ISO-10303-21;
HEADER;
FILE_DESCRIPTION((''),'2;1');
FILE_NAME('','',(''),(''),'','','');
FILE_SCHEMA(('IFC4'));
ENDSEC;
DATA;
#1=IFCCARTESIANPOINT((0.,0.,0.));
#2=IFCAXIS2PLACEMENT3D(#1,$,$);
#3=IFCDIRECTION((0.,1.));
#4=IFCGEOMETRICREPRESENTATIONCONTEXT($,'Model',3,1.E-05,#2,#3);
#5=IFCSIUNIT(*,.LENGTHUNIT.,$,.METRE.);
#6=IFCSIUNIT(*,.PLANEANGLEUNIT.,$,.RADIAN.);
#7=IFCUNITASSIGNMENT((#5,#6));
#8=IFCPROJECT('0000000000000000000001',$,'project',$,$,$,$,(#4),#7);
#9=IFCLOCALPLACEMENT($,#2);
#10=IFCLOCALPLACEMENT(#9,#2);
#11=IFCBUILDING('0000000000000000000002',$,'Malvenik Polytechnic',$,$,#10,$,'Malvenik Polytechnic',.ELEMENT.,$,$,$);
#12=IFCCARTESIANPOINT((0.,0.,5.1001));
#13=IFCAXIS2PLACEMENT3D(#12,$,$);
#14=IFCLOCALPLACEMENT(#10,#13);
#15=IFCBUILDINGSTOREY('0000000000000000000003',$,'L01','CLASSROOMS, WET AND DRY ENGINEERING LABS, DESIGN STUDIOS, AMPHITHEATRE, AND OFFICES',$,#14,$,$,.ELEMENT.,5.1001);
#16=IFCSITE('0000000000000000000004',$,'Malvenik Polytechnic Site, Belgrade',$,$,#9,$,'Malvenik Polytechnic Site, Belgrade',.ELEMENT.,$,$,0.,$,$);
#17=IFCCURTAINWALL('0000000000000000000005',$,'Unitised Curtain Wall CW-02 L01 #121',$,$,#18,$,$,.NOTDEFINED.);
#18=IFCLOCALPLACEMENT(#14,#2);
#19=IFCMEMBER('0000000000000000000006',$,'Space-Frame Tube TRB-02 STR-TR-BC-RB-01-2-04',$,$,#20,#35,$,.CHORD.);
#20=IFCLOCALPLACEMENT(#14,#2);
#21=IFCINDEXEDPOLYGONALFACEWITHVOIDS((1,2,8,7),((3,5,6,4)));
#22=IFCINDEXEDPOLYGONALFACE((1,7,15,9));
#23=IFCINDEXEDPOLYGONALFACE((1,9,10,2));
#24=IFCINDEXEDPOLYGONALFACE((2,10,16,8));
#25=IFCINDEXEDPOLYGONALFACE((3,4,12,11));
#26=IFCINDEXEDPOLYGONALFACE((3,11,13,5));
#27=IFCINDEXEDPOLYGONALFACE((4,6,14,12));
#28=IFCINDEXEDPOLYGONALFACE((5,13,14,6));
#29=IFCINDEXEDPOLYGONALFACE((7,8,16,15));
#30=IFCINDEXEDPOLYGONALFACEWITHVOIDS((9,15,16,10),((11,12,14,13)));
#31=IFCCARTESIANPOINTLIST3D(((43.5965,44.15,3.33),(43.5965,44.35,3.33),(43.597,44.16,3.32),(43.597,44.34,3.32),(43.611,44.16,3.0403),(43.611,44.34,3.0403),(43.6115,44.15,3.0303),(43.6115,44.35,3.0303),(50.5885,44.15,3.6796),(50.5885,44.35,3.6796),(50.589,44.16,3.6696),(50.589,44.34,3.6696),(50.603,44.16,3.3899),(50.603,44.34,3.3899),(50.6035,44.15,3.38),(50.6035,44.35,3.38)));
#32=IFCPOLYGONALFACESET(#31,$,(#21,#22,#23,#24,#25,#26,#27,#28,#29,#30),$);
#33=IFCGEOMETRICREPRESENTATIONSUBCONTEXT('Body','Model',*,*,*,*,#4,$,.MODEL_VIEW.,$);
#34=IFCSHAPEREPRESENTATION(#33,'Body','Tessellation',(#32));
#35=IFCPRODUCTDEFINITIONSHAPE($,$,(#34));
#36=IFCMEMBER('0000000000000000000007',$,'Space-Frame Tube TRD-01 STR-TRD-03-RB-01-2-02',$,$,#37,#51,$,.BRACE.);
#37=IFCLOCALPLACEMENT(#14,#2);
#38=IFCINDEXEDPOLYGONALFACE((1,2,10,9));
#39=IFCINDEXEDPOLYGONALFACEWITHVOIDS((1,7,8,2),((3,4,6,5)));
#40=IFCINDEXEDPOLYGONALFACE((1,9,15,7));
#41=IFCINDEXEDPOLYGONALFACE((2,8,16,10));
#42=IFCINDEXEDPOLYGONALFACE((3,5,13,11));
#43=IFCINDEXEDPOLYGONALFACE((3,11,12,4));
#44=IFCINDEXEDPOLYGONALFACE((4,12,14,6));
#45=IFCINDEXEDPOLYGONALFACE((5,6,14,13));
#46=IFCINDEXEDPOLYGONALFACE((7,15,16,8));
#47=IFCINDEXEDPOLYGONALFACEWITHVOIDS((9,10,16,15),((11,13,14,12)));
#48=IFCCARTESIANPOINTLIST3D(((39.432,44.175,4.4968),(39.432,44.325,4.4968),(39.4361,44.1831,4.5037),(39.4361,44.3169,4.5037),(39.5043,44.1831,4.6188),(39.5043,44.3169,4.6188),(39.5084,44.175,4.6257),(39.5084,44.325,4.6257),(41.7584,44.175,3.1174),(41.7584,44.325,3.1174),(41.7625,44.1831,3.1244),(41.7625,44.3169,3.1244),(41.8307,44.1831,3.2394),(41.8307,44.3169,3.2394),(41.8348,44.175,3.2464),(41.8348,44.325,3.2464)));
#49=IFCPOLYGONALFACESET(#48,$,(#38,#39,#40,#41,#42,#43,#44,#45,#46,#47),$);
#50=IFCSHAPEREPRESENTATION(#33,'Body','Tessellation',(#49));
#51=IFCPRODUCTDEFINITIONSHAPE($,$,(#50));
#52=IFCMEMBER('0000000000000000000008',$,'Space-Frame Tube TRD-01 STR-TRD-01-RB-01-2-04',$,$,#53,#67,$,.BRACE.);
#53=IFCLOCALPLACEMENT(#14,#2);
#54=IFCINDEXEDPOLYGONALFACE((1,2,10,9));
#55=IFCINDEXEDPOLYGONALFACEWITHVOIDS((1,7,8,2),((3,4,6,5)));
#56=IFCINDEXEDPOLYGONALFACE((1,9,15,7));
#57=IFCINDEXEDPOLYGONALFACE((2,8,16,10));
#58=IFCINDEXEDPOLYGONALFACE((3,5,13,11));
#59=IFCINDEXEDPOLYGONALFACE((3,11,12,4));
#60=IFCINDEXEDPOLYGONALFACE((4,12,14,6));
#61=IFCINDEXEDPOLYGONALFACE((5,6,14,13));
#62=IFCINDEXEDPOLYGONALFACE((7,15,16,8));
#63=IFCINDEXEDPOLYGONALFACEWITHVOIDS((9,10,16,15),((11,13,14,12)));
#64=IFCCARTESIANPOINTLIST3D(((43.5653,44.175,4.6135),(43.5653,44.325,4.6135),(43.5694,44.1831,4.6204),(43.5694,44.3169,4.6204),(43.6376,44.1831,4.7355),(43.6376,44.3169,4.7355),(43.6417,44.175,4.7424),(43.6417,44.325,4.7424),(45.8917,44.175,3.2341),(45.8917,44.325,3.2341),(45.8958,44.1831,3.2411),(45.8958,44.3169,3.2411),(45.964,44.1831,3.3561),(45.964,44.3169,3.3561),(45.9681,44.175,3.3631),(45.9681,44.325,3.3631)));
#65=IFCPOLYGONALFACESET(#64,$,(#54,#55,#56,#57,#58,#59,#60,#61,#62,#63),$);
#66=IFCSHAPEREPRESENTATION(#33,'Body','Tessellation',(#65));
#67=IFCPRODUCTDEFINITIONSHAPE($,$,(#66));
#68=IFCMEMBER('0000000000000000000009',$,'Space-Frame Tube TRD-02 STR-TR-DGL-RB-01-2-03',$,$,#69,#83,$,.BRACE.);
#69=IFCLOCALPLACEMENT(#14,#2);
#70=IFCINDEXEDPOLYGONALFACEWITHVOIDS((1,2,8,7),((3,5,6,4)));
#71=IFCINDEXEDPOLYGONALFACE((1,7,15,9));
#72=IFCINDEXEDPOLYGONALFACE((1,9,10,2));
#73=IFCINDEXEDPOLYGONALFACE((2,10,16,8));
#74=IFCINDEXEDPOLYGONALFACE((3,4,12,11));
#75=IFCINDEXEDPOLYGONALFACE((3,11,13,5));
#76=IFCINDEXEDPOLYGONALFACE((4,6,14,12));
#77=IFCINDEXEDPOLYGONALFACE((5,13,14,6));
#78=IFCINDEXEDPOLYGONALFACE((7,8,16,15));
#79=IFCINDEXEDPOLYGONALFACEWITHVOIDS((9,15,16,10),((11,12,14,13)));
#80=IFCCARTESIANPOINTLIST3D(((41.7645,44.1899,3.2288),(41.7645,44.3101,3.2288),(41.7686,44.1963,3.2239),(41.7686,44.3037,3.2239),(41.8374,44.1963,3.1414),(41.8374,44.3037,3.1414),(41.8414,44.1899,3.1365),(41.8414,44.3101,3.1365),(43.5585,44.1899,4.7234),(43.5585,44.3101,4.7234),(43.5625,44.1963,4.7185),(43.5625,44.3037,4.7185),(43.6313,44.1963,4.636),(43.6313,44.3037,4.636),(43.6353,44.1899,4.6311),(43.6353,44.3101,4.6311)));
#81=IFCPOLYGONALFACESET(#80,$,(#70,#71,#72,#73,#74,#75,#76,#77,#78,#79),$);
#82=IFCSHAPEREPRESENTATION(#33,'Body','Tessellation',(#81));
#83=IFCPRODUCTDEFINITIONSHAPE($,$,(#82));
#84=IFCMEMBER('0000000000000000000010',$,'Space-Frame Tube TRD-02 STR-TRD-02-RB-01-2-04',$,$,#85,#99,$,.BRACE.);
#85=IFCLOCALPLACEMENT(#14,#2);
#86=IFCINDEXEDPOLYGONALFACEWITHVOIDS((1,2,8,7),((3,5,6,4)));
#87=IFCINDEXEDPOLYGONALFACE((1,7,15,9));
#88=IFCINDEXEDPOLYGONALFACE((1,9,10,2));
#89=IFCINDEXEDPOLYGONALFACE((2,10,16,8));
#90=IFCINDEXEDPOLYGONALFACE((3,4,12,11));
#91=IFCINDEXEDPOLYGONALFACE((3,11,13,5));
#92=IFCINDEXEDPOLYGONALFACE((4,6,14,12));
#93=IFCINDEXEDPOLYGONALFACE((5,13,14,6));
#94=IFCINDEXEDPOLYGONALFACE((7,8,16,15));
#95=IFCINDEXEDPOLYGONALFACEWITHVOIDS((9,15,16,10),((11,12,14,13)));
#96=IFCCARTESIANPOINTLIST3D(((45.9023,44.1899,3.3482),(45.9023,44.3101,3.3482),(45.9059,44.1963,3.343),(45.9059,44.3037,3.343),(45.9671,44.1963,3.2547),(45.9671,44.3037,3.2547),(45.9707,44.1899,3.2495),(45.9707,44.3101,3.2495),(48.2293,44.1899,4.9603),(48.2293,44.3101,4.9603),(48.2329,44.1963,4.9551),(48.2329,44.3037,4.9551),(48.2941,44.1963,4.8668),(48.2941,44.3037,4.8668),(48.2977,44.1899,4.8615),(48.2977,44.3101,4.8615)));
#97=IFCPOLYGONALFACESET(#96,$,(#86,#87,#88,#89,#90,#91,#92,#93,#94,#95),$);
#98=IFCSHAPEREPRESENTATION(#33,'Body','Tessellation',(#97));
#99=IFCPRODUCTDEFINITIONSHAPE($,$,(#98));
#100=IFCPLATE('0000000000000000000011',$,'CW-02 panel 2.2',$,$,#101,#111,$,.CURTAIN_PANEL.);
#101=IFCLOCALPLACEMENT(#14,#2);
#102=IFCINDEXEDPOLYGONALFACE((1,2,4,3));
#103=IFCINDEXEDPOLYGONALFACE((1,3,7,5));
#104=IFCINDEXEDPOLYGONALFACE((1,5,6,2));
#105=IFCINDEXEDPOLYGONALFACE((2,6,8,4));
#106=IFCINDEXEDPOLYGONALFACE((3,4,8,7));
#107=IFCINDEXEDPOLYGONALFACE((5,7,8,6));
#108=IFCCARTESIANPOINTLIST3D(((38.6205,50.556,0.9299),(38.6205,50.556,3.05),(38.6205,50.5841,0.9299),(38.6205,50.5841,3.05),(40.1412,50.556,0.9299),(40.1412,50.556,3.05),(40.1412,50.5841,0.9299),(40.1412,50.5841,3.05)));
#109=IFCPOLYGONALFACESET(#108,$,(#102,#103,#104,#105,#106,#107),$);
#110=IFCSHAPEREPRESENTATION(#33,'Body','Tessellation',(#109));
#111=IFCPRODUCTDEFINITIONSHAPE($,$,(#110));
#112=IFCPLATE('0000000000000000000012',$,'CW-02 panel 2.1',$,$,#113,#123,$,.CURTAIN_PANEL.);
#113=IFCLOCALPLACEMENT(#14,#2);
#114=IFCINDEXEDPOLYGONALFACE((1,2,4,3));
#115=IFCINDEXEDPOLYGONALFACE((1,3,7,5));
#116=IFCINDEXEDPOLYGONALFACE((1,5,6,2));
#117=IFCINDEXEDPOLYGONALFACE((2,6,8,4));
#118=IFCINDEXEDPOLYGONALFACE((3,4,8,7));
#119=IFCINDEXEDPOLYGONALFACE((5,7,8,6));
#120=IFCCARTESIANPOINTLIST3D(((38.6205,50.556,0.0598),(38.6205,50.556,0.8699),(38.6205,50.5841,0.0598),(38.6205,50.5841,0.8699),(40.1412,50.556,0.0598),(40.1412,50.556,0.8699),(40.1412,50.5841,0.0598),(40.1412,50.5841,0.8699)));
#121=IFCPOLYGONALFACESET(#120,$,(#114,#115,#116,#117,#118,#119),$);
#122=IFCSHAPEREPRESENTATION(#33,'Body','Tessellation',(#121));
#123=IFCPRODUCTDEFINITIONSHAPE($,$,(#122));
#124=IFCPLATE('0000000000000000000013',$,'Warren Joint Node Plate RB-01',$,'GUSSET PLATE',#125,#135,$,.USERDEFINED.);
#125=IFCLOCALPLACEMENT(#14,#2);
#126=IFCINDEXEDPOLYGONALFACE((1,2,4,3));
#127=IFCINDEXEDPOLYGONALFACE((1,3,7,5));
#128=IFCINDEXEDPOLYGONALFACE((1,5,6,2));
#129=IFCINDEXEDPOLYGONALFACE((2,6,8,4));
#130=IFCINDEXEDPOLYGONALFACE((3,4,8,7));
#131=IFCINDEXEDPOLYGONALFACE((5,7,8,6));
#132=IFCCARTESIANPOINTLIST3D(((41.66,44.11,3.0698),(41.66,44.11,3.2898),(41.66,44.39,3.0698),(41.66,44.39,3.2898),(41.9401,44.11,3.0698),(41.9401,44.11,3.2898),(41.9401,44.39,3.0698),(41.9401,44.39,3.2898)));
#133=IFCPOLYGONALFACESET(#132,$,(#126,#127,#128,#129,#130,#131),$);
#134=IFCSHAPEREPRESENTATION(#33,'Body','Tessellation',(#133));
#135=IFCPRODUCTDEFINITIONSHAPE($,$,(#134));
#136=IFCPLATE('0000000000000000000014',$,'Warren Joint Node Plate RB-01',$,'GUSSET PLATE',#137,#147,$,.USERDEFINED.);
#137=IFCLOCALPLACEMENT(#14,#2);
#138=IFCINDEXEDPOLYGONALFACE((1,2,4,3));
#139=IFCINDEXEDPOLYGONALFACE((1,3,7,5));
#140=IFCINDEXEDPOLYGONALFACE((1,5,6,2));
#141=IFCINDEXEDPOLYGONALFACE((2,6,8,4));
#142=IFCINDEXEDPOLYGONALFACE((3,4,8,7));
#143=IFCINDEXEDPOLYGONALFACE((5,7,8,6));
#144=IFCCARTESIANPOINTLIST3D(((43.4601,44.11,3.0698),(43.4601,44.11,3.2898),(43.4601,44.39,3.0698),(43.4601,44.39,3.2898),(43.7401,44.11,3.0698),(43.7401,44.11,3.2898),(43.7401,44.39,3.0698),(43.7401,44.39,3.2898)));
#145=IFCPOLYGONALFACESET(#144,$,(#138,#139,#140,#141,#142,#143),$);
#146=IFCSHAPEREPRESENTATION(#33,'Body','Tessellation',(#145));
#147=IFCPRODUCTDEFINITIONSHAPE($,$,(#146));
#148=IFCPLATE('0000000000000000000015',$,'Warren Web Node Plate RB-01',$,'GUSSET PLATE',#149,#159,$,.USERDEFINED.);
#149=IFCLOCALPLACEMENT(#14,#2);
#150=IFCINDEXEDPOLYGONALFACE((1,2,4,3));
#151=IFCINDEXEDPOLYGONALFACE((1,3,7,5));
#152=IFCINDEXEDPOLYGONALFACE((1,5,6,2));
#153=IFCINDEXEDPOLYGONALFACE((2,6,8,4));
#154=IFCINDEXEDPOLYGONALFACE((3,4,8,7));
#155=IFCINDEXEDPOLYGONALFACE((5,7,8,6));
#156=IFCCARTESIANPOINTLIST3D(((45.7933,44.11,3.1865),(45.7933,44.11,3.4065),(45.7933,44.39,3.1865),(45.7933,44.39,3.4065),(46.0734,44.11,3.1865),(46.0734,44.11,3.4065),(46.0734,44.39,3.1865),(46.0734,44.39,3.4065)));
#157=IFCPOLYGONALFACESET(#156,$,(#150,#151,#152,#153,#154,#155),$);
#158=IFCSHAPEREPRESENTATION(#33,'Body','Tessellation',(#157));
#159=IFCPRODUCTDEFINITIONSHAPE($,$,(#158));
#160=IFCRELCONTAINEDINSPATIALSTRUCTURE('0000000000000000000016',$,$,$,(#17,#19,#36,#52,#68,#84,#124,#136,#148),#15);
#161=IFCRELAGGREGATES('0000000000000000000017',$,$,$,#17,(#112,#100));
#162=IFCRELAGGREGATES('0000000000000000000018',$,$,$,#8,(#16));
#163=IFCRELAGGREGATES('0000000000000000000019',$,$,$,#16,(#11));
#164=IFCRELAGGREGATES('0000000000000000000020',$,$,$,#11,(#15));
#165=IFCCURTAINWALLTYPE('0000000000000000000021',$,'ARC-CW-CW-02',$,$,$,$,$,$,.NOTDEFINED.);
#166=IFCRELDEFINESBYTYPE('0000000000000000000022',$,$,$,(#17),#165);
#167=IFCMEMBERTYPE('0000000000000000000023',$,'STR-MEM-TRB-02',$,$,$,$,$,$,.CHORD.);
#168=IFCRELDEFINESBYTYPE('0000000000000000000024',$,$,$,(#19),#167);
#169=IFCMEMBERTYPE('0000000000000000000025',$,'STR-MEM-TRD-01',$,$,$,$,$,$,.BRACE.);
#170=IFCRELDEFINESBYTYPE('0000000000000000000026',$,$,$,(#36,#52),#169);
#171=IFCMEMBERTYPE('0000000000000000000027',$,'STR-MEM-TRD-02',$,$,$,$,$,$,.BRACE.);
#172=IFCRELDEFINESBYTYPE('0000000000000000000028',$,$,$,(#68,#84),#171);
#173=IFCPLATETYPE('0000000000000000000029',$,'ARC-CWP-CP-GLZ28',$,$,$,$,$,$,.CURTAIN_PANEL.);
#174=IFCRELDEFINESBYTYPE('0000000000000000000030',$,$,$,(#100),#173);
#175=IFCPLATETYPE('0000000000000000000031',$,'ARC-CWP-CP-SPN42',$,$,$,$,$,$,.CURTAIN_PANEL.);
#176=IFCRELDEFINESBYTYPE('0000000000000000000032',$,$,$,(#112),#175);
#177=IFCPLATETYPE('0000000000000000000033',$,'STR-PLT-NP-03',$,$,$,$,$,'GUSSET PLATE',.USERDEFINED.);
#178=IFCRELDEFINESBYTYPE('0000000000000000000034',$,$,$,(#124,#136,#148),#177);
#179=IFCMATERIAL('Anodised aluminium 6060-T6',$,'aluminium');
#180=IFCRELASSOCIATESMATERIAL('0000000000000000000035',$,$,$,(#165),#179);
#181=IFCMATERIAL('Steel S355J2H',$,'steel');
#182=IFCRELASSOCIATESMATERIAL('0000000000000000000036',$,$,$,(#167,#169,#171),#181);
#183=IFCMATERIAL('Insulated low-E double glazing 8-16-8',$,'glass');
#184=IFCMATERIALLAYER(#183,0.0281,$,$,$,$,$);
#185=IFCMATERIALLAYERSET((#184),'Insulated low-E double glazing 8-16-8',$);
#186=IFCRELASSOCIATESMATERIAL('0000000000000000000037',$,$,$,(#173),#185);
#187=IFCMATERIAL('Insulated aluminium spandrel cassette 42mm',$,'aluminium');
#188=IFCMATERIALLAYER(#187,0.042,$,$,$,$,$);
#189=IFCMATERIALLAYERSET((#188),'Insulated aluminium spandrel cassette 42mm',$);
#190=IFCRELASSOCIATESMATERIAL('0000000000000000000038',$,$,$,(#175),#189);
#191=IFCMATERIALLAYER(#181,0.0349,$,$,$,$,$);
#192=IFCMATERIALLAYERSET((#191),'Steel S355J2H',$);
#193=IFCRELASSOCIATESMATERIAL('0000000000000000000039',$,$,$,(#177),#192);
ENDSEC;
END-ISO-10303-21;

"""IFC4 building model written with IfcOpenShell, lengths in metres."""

from ifc_helpers import new_model, si_unit, direction, frame, origin, origin_2d, place, context, subcontext, project, spatial, rectangle, hollow_rectangle, extrude, material, layer, layer_set, material_profile, profile_set, type_object, element, aggregate, save


model = new_model("IFC4")

# Units and contexts
model_context = context("Model", 3, precision=1e-05, world=origin(), true_north=direction((0.0, 1.0)))
body_context = subcontext(model_context, "Body", "Model", "MODEL_VIEW")
ifc_project = project(units=[si_unit("LENGTHUNIT", "METRE"), si_unit("PLANEANGLEUNIT", "RADIAN")], contexts=[model_context])

# Site, building, storey
site_placement = place(None, origin())
site = spatial("IfcSite", under=ifc_project, at=site_placement, Name="Malvenik Polytechnic Site, Belgrade", LongName="Malvenik Polytechnic Site, Belgrade", CompositionType="ELEMENT", RefElevation=0.0)
building_placement = place(site_placement, origin())
building = spatial("IfcBuilding", under=site, at=building_placement, Name="Malvenik Polytechnic", LongName="Malvenik Polytechnic", CompositionType="ELEMENT")
storey_placement = place(building_placement, frame((0.0, 0.0, 5.1001)))
storey = spatial("IfcBuildingStorey", under=building, at=storey_placement, Name="L01", Description="CLASSROOMS, WET AND DRY ENGINEERING LABS, DESIGN STUDIOS, AMPHITHEATRE, AND OFFICES", CompositionType="ELEMENT", Elevation=5.1001)

# Shared definitions
ifc_material_1 = material(Name="Steel S355J2H", Category="steel")

# Curtain wall
ifc_material_2 = material(Name="Anodised aluminium 6060-T6", Category="aluminium")
curtain_wall_type = type_object("IfcCurtainWallType", Name="ARC-CW-CW-02", PredefinedType="NOTDEFINED", material=ifc_material_2)
curtain_wall_placement = place(storey_placement, origin())
curtain_wall = element("IfcCurtainWall", 1, at=curtain_wall_placement, inside=storey, type_object=curtain_wall_type, Name="Unitised Curtain Wall CW-02 L01 #121", PredefinedType="NOTDEFINED")

# Members
ifc_material_profile_1 = material_profile(ifc_material_1, hollow_rectangle(XDim=0.2, YDim=0.3, WallThickness=0.01, at=origin_2d()), Name="RHS 300x200x10.0")
ifc_profile_set_1 = profile_set([ifc_material_profile_1], Name="Steel S355J2H")
member_type_1 = type_object("IfcMemberType", Name="STR-MEM-TRB-02", PredefinedType="CHORD", material=ifc_profile_set_1)
member_1_placement = place(storey_placement, frame((43.604, 44.25, 3.1802), z_axis=(0.998752, 0.0, 0.049939), x_axis=(0.0, 1.0, 0.0)))
element("IfcMember", 2, at=member_1_placement, inside=storey, type_object=member_type_1, Name="Space-Frame Tube TRB-02 STR-TR-BC-RB-01-2-04", PredefinedType="CHORD", context=body_context, shape_type="SweptSolid", body=[
    extrude(hollow_rectangle(XDim=0.2, YDim=0.3, WallThickness=0.01, at=origin_2d()), origin(), (0.0, 0.0, 1.0), 7.0007),
])
ifc_material_profile_2 = material_profile(ifc_material_1, hollow_rectangle(XDim=0.1499, YDim=0.1499, WallThickness=0.0081, at=origin_2d()), Name="SHS 150x150x8.0")
ifc_profile_set_2 = profile_set([ifc_material_profile_2], Name="Steel S355J2H")
member_type_2 = type_object("IfcMemberType", Name="STR-MEM-TRD-01", PredefinedType="BRACE", material=ifc_profile_set_2)
for number, where, z_axis, x_axis, name in (
    (3, (39.4702, 44.25, 4.5613), (0.860165, 0.0, -0.510015), (0.0, 1.0, 0.0), "Space-Frame Tube TRD-01 STR-TRD-03-RB-01-2-02"),
    (4, (43.6035, 44.25, 4.678), (0.860165, 0.0, -0.510015), (0.0, 1.0, 0.0), "Space-Frame Tube TRD-01 STR-TRD-01-RB-01-2-04"),
):
    element("IfcMember", number, at=place(storey_placement, frame(where, z_axis=z_axis, x_axis=x_axis)), inside=storey, type_object=member_type_2, Name=name, PredefinedType="BRACE", context=body_context, shape_type="SweptSolid", body=[
        extrude(hollow_rectangle(XDim=0.1499, YDim=0.1499, WallThickness=0.0081, at=origin_2d()), origin(), (0.0, 0.0, 1.0), 2.7046),
    ])
ifc_material_profile_3 = material_profile(ifc_material_1, hollow_rectangle(XDim=0.1201, YDim=0.1201, WallThickness=0.0063, at=origin_2d()), Name="SHS 120x120x6.3")
ifc_profile_set_3 = profile_set([ifc_material_profile_3], Name="Steel S355J2H")
member_type_3 = type_object("IfcMemberType", Name="STR-MEM-TRD-02", PredefinedType="BRACE", material=ifc_profile_set_3)
member_2_placement = place(storey_placement, frame((41.803, 44.25, 3.1826), z_axis=(0.76829, 0.0, 0.640102), x_axis=(0.0, 1.0, 0.0)))
element("IfcMember", 5, at=member_2_placement, inside=storey, type_object=member_type_3, Name="Space-Frame Tube TRD-02 STR-TR-DGL-RB-01-2-03", PredefinedType="BRACE", context=body_context, shape_type="SweptSolid", body=[
    extrude(hollow_rectangle(XDim=0.1201, YDim=0.1201, WallThickness=0.0063, at=origin_2d()), origin(), (0.0, 0.0, 1.0), 2.335),
])
member_3_placement = place(storey_placement, frame((45.9365, 44.25, 3.2988), z_axis=(0.822006, 0.0, 0.569479), x_axis=(0.0, 1.0, 0.0)))
element("IfcMember", 6, at=member_3_placement, inside=storey, type_object=member_type_3, Name="Space-Frame Tube TRD-02 STR-TRD-02-RB-01-2-04", PredefinedType="BRACE", context=body_context, shape_type="SweptSolid", body=[
    extrude(hollow_rectangle(XDim=0.1201, YDim=0.1201, WallThickness=0.0063, at=origin_2d()), origin(), (0.0, 0.0, 1.0), 2.8308),
])

# Plates
ifc_material_3 = material(Name="Insulated low-E double glazing 8-16-8", Category="glass")
ifc_layer_1 = layer(ifc_material_3, 0.0281)
ifc_layer_set_1 = layer_set([ifc_layer_1], Name="Insulated low-E double glazing 8-16-8")
plate_type_1 = type_object("IfcPlateType", Name="ARC-CWP-CP-GLZ28", PredefinedType="CURTAIN_PANEL", material=ifc_layer_set_1)
plate_1_placement = place(storey_placement, frame((39.3809, 50.5701, 0.9299), z_axis=(0.0, 0.0, 1.0), x_axis=(-1.0, 0.0, 0.0)))
plate_1 = element("IfcPlate", 7, at=plate_1_placement, type_object=plate_type_1, Name="CW-02 panel 2.2", PredefinedType="CURTAIN_PANEL", context=body_context, shape_type="SweptSolid", body=[
    extrude(rectangle(XDim=1.5208, YDim=0.0281, at=origin_2d()), origin(), (0.0, 0.0, 1.0), 2.1201),
])
ifc_material_4 = material(Name="Insulated aluminium spandrel cassette 42mm", Category="aluminium")
ifc_layer_2 = layer(ifc_material_4, 0.042)
ifc_layer_set_2 = layer_set([ifc_layer_2], Name="Insulated aluminium spandrel cassette 42mm")
plate_type_2 = type_object("IfcPlateType", Name="ARC-CWP-CP-SPN42", PredefinedType="CURTAIN_PANEL", material=ifc_layer_set_2)
plate_2_placement = place(storey_placement, frame((39.3809, 50.5701, 0.0598), z_axis=(0.0, 0.0, 1.0), x_axis=(-1.0, 0.0, 0.0)))
plate_2 = element("IfcPlate", 8, at=plate_2_placement, type_object=plate_type_2, Name="CW-02 panel 2.1", PredefinedType="CURTAIN_PANEL", context=body_context, shape_type="SweptSolid", body=[
    extrude(rectangle(XDim=1.5208, YDim=0.0281, at=origin_2d()), origin(), (0.0, 0.0, 1.0), 0.8101),
])
aggregate(curtain_wall, [plate_2, plate_1])

# Plates
ifc_layer_3 = layer(ifc_material_1, 0.0349)
ifc_layer_set_3 = layer_set([ifc_layer_3], Name="Steel S355J2H")
plate_type_3 = type_object("IfcPlateType", Name="STR-PLT-NP-03", ElementType="GUSSET PLATE", PredefinedType="USERDEFINED", material=ifc_layer_set_3)
for number, where, z_axis, x_axis, name in (
    (9, (41.8, 44.25, 3.0698), (0.0, 0.0, 1.0), (1.0, 0.0, 0.0), "Warren Joint Node Plate RB-01"),
    (10, (43.6001, 44.25, 3.0698), (0.0, 0.0, 1.0), (1.0, 0.0, 0.0), "Warren Joint Node Plate RB-01"),
    (11, (45.9333, 44.25, 3.1865), (0.0, 0.0, 1.0), (1.0, 0.0, 0.0), "Warren Web Node Plate RB-01"),
):
    element("IfcPlate", number, at=place(storey_placement, frame(where, z_axis=z_axis, x_axis=x_axis)), inside=storey, type_object=plate_type_3, Name=name, ObjectType="GUSSET PLATE", PredefinedType="USERDEFINED", context=body_context, shape_type="SweptSolid", body=[
        extrude(rectangle(XDim=0.28, YDim=0.28, at=origin_2d()), origin(), (0.0, 0.0, 1.0), 0.22),
    ])

save(model, "model.ifc")
